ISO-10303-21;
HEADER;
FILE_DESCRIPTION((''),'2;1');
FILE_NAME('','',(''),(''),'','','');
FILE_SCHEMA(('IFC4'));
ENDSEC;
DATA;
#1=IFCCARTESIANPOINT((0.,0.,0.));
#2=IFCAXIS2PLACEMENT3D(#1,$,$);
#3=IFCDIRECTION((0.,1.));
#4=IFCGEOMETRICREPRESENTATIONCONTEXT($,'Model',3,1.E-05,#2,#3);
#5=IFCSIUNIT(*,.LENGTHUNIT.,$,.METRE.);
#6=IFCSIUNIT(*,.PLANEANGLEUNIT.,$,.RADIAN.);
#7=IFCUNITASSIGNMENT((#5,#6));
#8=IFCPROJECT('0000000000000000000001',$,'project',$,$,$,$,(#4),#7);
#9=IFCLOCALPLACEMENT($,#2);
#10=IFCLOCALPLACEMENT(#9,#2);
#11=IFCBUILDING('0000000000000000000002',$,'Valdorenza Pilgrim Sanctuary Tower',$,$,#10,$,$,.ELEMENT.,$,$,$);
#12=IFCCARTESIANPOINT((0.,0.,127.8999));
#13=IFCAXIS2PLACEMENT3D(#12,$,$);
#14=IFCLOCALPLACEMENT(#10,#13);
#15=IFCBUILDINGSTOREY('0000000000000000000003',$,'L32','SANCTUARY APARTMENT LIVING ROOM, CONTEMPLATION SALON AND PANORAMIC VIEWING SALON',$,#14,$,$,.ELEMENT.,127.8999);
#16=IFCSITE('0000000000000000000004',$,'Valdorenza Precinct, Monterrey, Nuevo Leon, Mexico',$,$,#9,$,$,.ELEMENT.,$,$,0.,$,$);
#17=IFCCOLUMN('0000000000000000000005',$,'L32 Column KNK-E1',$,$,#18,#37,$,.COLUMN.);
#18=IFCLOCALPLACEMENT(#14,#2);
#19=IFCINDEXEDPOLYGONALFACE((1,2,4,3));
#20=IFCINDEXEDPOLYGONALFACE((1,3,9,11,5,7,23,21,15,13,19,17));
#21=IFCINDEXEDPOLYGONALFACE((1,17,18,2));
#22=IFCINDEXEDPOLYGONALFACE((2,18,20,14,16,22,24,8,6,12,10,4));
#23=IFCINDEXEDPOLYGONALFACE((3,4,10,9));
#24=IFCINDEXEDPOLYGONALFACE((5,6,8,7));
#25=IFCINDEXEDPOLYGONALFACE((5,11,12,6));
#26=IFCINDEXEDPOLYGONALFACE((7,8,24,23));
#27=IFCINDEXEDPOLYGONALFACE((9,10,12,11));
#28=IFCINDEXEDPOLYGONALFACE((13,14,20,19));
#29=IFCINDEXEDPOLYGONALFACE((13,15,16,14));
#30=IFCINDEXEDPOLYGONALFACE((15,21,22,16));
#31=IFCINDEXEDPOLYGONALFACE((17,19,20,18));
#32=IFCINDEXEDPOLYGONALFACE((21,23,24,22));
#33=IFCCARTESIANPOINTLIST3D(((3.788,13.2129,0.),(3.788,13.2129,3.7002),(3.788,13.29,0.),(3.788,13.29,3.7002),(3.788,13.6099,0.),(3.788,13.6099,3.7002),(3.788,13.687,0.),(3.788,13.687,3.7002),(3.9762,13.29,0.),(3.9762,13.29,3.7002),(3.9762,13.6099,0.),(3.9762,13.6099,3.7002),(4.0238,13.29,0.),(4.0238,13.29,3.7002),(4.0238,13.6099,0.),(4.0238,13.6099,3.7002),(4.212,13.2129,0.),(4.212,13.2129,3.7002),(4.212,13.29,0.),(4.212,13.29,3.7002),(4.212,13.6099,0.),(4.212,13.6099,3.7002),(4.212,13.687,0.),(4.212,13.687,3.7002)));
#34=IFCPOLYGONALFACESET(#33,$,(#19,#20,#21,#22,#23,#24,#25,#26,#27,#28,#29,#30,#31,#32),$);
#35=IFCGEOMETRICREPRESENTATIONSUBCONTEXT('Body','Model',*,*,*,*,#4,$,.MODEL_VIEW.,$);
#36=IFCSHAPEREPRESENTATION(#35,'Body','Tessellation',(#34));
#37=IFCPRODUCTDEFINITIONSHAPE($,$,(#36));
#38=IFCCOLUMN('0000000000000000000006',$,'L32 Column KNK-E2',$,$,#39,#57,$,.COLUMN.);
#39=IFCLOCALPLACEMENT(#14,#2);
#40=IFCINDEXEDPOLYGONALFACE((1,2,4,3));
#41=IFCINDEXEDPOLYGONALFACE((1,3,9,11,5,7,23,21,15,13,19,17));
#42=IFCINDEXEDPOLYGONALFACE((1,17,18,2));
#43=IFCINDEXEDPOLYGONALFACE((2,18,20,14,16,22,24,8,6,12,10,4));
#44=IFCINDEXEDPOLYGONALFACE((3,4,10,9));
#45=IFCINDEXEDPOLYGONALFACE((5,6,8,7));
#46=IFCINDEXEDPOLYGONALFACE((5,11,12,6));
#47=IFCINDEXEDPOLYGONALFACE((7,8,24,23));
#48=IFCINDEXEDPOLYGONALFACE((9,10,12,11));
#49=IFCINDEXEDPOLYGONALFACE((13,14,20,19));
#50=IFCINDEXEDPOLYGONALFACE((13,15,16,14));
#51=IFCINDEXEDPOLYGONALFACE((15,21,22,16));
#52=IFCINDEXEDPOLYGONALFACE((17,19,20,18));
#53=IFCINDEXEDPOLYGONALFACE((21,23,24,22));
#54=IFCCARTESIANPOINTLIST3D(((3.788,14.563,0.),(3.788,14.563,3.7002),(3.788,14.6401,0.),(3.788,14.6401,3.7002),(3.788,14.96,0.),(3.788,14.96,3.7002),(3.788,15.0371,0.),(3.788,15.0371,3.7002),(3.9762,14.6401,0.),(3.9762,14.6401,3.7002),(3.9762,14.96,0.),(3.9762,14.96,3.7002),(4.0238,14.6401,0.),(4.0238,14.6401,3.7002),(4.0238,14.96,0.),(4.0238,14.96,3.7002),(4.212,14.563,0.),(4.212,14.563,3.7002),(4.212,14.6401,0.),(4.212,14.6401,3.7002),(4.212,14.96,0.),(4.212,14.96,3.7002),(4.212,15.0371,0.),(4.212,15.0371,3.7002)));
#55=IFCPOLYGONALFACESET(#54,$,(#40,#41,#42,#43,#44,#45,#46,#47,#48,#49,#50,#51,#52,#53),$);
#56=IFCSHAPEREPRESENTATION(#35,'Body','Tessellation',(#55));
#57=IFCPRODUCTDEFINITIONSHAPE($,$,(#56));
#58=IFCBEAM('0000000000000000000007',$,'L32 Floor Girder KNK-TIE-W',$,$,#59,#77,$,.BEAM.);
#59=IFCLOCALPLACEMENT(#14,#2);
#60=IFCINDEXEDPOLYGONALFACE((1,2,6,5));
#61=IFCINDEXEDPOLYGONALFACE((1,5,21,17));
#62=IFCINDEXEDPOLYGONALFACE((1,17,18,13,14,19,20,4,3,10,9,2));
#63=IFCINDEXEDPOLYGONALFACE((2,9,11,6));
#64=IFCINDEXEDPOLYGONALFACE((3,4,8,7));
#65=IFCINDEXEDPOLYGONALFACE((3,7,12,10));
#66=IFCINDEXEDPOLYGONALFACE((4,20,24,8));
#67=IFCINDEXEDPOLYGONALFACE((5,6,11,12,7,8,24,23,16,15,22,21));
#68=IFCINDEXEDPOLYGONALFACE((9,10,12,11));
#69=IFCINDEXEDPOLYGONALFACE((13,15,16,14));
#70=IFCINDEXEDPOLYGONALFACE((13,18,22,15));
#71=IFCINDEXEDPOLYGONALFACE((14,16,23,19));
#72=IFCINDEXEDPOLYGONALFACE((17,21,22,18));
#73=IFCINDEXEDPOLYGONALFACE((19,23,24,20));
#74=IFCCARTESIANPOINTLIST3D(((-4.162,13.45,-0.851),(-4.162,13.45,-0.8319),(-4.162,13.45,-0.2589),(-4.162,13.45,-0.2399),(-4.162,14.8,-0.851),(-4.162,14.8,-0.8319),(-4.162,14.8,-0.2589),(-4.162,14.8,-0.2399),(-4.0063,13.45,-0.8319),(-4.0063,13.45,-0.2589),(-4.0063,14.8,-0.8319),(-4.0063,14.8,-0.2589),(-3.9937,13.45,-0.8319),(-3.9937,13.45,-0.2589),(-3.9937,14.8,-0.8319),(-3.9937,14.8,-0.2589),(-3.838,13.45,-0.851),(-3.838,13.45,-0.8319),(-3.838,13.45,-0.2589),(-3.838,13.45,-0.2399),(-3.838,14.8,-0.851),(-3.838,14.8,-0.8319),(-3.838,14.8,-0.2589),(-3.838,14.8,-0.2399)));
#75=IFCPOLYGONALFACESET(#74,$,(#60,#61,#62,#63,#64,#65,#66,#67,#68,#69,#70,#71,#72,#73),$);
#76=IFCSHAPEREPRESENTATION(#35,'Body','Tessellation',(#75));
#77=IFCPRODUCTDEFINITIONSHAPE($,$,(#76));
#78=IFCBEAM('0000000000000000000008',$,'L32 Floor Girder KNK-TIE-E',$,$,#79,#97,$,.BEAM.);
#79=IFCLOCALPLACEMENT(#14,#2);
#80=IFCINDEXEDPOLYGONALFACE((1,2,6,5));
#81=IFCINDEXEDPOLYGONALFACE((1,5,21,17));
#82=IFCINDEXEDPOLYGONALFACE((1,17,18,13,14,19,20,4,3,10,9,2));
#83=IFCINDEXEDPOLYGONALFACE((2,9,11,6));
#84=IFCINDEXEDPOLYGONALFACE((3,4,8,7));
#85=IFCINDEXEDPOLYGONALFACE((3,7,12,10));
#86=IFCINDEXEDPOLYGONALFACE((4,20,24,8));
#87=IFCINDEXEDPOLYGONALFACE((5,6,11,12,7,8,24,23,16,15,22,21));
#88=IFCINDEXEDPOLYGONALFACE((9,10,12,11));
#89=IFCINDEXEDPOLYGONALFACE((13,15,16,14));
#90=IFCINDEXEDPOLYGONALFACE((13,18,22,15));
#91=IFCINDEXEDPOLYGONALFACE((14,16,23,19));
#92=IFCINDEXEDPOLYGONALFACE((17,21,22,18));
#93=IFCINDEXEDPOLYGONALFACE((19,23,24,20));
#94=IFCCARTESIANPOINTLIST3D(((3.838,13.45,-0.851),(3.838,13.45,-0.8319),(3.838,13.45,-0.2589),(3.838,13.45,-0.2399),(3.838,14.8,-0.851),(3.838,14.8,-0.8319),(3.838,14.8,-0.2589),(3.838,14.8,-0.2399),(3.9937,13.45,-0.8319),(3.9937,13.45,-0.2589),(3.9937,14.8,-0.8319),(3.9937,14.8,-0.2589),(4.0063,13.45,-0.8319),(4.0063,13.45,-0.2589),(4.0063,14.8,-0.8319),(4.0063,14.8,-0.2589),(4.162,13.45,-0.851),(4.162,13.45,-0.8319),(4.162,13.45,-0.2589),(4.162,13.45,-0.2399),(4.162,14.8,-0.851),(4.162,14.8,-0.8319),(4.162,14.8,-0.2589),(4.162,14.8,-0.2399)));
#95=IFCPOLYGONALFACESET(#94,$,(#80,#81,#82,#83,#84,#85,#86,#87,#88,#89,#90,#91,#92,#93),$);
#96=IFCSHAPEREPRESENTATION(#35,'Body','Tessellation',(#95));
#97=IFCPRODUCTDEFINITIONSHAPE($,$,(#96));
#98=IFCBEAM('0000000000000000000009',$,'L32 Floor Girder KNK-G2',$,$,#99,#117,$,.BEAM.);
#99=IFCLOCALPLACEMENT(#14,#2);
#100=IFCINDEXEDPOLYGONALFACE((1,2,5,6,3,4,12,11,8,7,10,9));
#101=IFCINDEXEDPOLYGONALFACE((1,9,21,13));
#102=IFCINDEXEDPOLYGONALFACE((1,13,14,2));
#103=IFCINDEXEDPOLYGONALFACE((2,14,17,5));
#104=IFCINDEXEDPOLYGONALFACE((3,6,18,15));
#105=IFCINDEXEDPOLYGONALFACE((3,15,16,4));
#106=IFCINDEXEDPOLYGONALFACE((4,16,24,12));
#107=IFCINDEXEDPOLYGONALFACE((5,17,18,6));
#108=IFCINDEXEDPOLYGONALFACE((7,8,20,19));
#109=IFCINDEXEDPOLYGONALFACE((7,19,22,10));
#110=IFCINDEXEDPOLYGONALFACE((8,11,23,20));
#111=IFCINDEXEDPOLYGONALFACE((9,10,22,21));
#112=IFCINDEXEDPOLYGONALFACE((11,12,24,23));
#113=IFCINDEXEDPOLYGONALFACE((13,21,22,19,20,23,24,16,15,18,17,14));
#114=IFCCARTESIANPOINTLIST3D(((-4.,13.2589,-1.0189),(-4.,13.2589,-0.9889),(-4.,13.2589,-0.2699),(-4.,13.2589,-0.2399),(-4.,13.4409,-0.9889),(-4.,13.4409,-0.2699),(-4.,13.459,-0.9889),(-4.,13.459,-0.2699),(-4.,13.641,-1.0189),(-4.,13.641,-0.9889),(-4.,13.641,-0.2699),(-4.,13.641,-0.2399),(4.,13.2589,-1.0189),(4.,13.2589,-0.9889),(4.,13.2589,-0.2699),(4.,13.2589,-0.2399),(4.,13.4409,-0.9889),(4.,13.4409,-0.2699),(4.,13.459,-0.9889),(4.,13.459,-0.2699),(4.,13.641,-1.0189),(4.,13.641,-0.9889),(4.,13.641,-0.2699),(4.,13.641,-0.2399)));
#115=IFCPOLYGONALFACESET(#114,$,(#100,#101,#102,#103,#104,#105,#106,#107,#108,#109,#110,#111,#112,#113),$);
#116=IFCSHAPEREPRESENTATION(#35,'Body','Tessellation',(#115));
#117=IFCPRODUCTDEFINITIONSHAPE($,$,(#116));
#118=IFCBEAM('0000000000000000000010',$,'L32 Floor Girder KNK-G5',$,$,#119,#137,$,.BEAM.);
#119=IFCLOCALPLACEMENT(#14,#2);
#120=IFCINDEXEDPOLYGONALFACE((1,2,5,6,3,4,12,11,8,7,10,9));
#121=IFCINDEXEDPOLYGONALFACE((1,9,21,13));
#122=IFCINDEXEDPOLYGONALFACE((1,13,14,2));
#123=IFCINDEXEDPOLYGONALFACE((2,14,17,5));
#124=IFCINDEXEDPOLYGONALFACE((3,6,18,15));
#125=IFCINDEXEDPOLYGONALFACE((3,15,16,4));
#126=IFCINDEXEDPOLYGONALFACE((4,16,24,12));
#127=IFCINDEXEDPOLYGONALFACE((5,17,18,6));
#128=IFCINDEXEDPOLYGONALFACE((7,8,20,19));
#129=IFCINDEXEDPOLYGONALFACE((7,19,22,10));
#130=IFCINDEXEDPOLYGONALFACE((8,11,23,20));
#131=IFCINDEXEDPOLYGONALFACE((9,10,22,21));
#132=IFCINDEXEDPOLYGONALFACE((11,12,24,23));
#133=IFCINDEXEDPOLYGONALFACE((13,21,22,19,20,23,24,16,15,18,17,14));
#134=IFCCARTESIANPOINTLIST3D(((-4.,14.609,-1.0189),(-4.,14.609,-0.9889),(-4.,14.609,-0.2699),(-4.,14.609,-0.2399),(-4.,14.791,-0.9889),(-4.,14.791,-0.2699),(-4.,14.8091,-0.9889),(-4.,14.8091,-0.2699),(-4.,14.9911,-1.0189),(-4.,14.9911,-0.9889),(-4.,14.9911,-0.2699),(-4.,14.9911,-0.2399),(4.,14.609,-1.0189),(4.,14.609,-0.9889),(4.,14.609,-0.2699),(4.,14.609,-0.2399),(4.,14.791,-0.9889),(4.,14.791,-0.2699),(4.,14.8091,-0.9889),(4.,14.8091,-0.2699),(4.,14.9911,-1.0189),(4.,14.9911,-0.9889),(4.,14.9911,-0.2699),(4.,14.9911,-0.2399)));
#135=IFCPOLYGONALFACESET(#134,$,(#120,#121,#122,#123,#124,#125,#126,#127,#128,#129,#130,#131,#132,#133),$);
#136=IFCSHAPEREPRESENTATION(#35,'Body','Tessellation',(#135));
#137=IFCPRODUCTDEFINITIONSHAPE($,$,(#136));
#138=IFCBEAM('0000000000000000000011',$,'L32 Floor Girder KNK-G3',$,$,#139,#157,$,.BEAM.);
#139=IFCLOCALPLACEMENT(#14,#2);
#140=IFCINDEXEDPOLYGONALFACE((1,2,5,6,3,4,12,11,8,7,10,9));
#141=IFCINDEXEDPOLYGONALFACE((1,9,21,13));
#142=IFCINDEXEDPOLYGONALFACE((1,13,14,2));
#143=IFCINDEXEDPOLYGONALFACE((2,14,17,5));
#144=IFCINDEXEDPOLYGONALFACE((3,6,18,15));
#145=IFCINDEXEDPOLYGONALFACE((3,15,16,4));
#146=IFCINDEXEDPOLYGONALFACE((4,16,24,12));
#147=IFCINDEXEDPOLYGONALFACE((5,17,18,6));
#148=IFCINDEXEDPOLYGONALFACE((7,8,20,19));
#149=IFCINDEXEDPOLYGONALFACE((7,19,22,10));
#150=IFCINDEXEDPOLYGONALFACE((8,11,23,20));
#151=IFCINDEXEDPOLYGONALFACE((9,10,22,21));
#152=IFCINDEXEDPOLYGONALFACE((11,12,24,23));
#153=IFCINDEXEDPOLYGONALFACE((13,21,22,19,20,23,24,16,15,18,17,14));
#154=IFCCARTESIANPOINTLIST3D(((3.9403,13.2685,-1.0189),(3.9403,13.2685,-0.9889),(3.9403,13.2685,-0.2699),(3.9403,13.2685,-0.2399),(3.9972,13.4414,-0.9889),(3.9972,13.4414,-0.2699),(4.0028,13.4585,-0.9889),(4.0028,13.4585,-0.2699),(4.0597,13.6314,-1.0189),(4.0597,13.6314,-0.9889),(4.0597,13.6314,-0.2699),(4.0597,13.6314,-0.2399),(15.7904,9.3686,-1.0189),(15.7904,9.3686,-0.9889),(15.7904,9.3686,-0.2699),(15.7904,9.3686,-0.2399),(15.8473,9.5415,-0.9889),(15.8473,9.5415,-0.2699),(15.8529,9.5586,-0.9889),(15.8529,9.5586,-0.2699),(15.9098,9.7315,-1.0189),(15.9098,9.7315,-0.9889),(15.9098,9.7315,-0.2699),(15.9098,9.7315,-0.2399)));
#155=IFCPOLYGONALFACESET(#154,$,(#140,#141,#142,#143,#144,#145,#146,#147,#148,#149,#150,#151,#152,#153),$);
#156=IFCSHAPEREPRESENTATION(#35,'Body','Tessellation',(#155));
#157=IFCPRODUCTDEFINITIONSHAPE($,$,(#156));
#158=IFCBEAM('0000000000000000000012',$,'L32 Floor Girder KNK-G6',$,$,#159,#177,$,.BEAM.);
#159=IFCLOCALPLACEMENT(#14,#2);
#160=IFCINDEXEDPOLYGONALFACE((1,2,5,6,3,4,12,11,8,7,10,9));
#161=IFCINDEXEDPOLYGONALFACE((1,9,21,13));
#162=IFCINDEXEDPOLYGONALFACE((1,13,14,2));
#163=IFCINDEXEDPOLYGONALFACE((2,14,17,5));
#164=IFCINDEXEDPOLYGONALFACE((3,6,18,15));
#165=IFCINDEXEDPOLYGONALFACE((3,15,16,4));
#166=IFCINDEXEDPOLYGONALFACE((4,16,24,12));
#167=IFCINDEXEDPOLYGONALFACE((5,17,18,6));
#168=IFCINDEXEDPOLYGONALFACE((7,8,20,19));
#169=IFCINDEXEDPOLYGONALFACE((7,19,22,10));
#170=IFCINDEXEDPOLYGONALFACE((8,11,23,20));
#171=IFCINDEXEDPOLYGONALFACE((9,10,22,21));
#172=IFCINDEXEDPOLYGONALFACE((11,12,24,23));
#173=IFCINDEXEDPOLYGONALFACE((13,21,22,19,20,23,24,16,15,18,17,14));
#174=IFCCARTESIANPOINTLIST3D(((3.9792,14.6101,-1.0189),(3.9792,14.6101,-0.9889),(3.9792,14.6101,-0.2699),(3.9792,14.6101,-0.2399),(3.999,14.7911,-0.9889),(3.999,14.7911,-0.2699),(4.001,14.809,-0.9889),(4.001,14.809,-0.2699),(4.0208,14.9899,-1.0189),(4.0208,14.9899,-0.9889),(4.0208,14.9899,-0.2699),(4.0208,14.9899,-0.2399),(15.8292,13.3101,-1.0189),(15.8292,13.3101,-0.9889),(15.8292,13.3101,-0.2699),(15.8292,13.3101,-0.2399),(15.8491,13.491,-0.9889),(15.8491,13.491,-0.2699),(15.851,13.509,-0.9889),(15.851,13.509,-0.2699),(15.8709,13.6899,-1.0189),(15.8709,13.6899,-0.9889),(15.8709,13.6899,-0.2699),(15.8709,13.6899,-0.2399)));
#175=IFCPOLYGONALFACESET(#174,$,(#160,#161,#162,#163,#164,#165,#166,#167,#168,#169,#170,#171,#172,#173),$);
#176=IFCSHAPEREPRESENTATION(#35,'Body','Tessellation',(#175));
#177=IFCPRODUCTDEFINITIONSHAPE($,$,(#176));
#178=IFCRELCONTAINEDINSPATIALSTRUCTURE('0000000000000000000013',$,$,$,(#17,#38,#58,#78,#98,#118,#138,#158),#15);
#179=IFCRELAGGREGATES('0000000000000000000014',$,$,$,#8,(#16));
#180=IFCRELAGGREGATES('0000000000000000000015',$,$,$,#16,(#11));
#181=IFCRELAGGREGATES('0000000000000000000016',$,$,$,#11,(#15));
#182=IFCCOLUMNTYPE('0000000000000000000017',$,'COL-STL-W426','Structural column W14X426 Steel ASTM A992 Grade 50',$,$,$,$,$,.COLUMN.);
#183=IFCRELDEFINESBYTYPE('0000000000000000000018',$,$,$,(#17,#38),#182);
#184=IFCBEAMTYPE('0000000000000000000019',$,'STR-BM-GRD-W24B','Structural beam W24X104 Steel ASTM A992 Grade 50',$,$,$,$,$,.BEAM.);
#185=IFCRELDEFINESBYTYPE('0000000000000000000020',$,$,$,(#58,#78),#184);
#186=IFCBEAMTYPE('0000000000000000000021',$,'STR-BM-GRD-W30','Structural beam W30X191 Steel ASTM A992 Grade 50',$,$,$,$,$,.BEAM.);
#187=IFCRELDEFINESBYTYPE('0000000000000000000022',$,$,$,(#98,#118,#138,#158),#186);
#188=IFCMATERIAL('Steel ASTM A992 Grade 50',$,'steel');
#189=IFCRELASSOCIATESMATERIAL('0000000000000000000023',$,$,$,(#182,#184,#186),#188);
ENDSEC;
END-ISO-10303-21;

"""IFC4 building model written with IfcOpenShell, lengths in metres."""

from ifc_helpers import new_model, si_unit, direction, frame, origin, origin_2d, place, context, subcontext, project, spatial, i_section, extrude, source, transform, mapped, material, material_profile, profile_set, type_object, element, save


model = new_model("IFC4")

# Units and contexts
model_context = context("Model", 3, precision=1e-05, world=origin(), true_north=direction((0.0, 1.0)))
body_context = subcontext(model_context, "Body", "Model", "MODEL_VIEW")
ifc_project = project(units=[si_unit("LENGTHUNIT", "METRE"), si_unit("PLANEANGLEUNIT", "RADIAN")], contexts=[model_context])

# Site, building, storey
site_placement = place(None, origin())
site = spatial("IfcSite", under=ifc_project, at=site_placement, Name="Valdorenza Precinct, Monterrey, Nuevo Leon, Mexico", CompositionType="ELEMENT", RefElevation=0.0)
building_placement = place(site_placement, origin())
building = spatial("IfcBuilding", under=site, at=building_placement, Name="Valdorenza Pilgrim Sanctuary Tower", CompositionType="ELEMENT")
storey_placement = place(building_placement, frame((0.0, 0.0, 127.8999)))
storey = spatial("IfcBuildingStorey", under=building, at=storey_placement, Name="L32", Description="SANCTUARY APARTMENT LIVING ROOM, CONTEMPLATION SALON AND PANORAMIC VIEWING SALON", CompositionType="ELEMENT", Elevation=127.8999)

# Columns
ifc_material_1 = material(Name="Steel ASTM A992 Grade 50", Category="steel")
ifc_material_profile_1 = material_profile(ifc_material_1, i_section(OverallWidth=0.4241, OverallDepth=0.4741, WebThickness=0.0476, FlangeThickness=0.0771, at=origin_2d()), Name="W14X426")
ifc_profile_set_1 = profile_set([ifc_material_profile_1], Name="Steel ASTM A992 Grade 50")
column_type = type_object("IfcColumnType", Name="COL-STL-W426", Description="Structural column W14X426 Steel ASTM A992 Grade 50", PredefinedType="COLUMN", material=ifc_profile_set_1)
shared_shape_1 = source(origin(), body_context, "Body", "SweptSolid", [
    extrude(i_section(OverallWidth=0.4241, OverallDepth=0.4741, WebThickness=0.0476, FlangeThickness=0.0771, at=origin_2d()), origin(), (0.0, 0.0, 1.0), 3.7002),
])
for number, where, z_axis, x_axis, name in (
    (1, (4.0, 13.45, 0.0), (0.0, 0.0, 1.0), (1.0, 0.0, 0.0), "L32 Column KNK-E1"),
    (2, (4.0, 14.8, 0.0), (0.0, 0.0, 1.0), (1.0, 0.0, 0.0), "L32 Column KNK-E2"),
):
    element("IfcColumn", number, at=place(storey_placement, frame(where, z_axis=z_axis, x_axis=x_axis)), inside=storey, type_object=column_type, Name=name, PredefinedType="COLUMN", context=body_context, shape_type="MappedRepresentation", body=[
        mapped(shared_shape_1, transform((0.0, 0.0, 0.0), x_axis=(1.0, 0.0, 0.0), y_axis=(0.0, 1.0, 0.0), z_axis=(0.0, 0.0, 1.0), scale=1.0)),
    ])

# Beams
ifc_material_profile_2 = material_profile(ifc_material_1, i_section(OverallWidth=0.324, OverallDepth=0.6111, WebThickness=0.0127, FlangeThickness=0.019, at=origin_2d()), Name="W24X104")
ifc_profile_set_2 = profile_set([ifc_material_profile_2], Name="Steel ASTM A992 Grade 50")
beam_type_1 = type_object("IfcBeamType", Name="STR-BM-GRD-W24B", Description="Structural beam W24X104 Steel ASTM A992 Grade 50", PredefinedType="BEAM", material=ifc_profile_set_2)
shared_shape_2 = source(origin(), body_context, "Body", "SweptSolid", [
    extrude(i_section(OverallWidth=0.324, OverallDepth=0.6111, WebThickness=0.0127, FlangeThickness=0.019, at=origin_2d()), origin(), (0.0, 0.0, 1.0), 1.3501),
])
for number, where, z_axis, x_axis, name in (
    (3, (-4.0, 13.45, -0.5454), (0.0, 1.0, 0.0), (-1.0, 0.0, 0.0), "L32 Floor Girder KNK-TIE-W"),
    (4, (4.0, 13.45, -0.5454), (0.0, 1.0, 0.0), (-1.0, 0.0, 0.0), "L32 Floor Girder KNK-TIE-E"),
):
    element("IfcBeam", number, at=place(storey_placement, frame(where, z_axis=z_axis, x_axis=x_axis)), inside=storey, type_object=beam_type_1, Name=name, PredefinedType="BEAM", context=body_context, shape_type="MappedRepresentation", body=[
        mapped(shared_shape_2, transform((0.0, 0.0, 0.0), x_axis=(1.0, 0.0, 0.0), y_axis=(0.0, 1.0, 0.0), z_axis=(0.0, 0.0, 1.0), scale=1.0)),
    ])
ifc_material_profile_3 = material_profile(ifc_material_1, i_section(OverallWidth=0.3821, OverallDepth=0.7791, WebThickness=0.0181, FlangeThickness=0.03, at=origin_2d()), Name="W30X191")
ifc_profile_set_3 = profile_set([ifc_material_profile_3], Name="Steel ASTM A992 Grade 50")
beam_type_2 = type_object("IfcBeamType", Name="STR-BM-GRD-W30", Description="Structural beam W30X191 Steel ASTM A992 Grade 50", PredefinedType="BEAM", material=ifc_profile_set_3)
shared_shape_3 = source(origin(), body_context, "Body", "SweptSolid", [
    extrude(i_section(OverallWidth=0.3821, OverallDepth=0.7791, WebThickness=0.0181, FlangeThickness=0.03, at=origin_2d()), origin(), (0.0, 0.0, 1.0), 8.0),
])
for number, where, z_axis, x_axis, name in (
    (5, (-4.0, 13.45, -0.6294), (1.0, 0.0, 0.0), (0.0, 1.0, 0.0), "L32 Floor Girder KNK-G2"),
    (6, (-4.0, 14.8, -0.6294), (1.0, 0.0, 0.0), (0.0, 1.0, 0.0), "L32 Floor Girder KNK-G5"),
):
    element("IfcBeam", number, at=place(storey_placement, frame(where, z_axis=z_axis, x_axis=x_axis)), inside=storey, type_object=beam_type_2, Name=name, PredefinedType="BEAM", context=body_context, shape_type="MappedRepresentation", body=[
        mapped(shared_shape_3, transform((0.0, 0.0, 0.0), x_axis=(1.0, 0.0, 0.0), y_axis=(0.0, 1.0, 0.0), z_axis=(0.0, 0.0, 1.0), scale=1.0)),
    ])
shared_shape_4 = source(origin(), body_context, "Body", "SweptSolid", [
    extrude(i_section(OverallWidth=0.3821, OverallDepth=0.7791, WebThickness=0.0181, FlangeThickness=0.03, at=origin_2d()), origin(), (0.0, 0.0, 1.0), 12.4753),
])
beam_1_placement = place(storey_placement, frame((4.0, 13.45, -0.6294), z_axis=(0.949882, -0.312609, 0.0), x_axis=(0.312609, 0.949882, 0.0)))
element("IfcBeam", 7, at=beam_1_placement, inside=storey, type_object=beam_type_2, Name="L32 Floor Girder KNK-G3", PredefinedType="BEAM", context=body_context, shape_type="MappedRepresentation", body=[
    mapped(shared_shape_4, transform((0.0, 0.0, 0.0), x_axis=(1.0, 0.0, 0.0), y_axis=(0.0, 1.0, 0.0), z_axis=(0.0, 0.0, 1.0), scale=1.0)),
])
shared_shape_5 = source(origin(), body_context, "Body", "SweptSolid", [
    extrude(i_section(OverallWidth=0.3821, OverallDepth=0.7791, WebThickness=0.0181, FlangeThickness=0.03, at=origin_2d()), origin(), (0.0, 0.0, 1.0), 11.9211),
])
beam_2_placement = place(storey_placement, frame((4.0, 14.8, -0.6294), z_axis=(0.994036, -0.109054, 0.0), x_axis=(0.109054, 0.994036, 0.0)))
element("IfcBeam", 8, at=beam_2_placement, inside=storey, type_object=beam_type_2, Name="L32 Floor Girder KNK-G6", PredefinedType="BEAM", context=body_context, shape_type="MappedRepresentation", body=[
    mapped(shared_shape_5, transform((0.0, 0.0, 0.0), x_axis=(1.0, 0.0, 0.0), y_axis=(0.0, 1.0, 0.0), z_axis=(0.0, 0.0, 1.0), scale=1.0)),
])

save(model, "model.ifc")
